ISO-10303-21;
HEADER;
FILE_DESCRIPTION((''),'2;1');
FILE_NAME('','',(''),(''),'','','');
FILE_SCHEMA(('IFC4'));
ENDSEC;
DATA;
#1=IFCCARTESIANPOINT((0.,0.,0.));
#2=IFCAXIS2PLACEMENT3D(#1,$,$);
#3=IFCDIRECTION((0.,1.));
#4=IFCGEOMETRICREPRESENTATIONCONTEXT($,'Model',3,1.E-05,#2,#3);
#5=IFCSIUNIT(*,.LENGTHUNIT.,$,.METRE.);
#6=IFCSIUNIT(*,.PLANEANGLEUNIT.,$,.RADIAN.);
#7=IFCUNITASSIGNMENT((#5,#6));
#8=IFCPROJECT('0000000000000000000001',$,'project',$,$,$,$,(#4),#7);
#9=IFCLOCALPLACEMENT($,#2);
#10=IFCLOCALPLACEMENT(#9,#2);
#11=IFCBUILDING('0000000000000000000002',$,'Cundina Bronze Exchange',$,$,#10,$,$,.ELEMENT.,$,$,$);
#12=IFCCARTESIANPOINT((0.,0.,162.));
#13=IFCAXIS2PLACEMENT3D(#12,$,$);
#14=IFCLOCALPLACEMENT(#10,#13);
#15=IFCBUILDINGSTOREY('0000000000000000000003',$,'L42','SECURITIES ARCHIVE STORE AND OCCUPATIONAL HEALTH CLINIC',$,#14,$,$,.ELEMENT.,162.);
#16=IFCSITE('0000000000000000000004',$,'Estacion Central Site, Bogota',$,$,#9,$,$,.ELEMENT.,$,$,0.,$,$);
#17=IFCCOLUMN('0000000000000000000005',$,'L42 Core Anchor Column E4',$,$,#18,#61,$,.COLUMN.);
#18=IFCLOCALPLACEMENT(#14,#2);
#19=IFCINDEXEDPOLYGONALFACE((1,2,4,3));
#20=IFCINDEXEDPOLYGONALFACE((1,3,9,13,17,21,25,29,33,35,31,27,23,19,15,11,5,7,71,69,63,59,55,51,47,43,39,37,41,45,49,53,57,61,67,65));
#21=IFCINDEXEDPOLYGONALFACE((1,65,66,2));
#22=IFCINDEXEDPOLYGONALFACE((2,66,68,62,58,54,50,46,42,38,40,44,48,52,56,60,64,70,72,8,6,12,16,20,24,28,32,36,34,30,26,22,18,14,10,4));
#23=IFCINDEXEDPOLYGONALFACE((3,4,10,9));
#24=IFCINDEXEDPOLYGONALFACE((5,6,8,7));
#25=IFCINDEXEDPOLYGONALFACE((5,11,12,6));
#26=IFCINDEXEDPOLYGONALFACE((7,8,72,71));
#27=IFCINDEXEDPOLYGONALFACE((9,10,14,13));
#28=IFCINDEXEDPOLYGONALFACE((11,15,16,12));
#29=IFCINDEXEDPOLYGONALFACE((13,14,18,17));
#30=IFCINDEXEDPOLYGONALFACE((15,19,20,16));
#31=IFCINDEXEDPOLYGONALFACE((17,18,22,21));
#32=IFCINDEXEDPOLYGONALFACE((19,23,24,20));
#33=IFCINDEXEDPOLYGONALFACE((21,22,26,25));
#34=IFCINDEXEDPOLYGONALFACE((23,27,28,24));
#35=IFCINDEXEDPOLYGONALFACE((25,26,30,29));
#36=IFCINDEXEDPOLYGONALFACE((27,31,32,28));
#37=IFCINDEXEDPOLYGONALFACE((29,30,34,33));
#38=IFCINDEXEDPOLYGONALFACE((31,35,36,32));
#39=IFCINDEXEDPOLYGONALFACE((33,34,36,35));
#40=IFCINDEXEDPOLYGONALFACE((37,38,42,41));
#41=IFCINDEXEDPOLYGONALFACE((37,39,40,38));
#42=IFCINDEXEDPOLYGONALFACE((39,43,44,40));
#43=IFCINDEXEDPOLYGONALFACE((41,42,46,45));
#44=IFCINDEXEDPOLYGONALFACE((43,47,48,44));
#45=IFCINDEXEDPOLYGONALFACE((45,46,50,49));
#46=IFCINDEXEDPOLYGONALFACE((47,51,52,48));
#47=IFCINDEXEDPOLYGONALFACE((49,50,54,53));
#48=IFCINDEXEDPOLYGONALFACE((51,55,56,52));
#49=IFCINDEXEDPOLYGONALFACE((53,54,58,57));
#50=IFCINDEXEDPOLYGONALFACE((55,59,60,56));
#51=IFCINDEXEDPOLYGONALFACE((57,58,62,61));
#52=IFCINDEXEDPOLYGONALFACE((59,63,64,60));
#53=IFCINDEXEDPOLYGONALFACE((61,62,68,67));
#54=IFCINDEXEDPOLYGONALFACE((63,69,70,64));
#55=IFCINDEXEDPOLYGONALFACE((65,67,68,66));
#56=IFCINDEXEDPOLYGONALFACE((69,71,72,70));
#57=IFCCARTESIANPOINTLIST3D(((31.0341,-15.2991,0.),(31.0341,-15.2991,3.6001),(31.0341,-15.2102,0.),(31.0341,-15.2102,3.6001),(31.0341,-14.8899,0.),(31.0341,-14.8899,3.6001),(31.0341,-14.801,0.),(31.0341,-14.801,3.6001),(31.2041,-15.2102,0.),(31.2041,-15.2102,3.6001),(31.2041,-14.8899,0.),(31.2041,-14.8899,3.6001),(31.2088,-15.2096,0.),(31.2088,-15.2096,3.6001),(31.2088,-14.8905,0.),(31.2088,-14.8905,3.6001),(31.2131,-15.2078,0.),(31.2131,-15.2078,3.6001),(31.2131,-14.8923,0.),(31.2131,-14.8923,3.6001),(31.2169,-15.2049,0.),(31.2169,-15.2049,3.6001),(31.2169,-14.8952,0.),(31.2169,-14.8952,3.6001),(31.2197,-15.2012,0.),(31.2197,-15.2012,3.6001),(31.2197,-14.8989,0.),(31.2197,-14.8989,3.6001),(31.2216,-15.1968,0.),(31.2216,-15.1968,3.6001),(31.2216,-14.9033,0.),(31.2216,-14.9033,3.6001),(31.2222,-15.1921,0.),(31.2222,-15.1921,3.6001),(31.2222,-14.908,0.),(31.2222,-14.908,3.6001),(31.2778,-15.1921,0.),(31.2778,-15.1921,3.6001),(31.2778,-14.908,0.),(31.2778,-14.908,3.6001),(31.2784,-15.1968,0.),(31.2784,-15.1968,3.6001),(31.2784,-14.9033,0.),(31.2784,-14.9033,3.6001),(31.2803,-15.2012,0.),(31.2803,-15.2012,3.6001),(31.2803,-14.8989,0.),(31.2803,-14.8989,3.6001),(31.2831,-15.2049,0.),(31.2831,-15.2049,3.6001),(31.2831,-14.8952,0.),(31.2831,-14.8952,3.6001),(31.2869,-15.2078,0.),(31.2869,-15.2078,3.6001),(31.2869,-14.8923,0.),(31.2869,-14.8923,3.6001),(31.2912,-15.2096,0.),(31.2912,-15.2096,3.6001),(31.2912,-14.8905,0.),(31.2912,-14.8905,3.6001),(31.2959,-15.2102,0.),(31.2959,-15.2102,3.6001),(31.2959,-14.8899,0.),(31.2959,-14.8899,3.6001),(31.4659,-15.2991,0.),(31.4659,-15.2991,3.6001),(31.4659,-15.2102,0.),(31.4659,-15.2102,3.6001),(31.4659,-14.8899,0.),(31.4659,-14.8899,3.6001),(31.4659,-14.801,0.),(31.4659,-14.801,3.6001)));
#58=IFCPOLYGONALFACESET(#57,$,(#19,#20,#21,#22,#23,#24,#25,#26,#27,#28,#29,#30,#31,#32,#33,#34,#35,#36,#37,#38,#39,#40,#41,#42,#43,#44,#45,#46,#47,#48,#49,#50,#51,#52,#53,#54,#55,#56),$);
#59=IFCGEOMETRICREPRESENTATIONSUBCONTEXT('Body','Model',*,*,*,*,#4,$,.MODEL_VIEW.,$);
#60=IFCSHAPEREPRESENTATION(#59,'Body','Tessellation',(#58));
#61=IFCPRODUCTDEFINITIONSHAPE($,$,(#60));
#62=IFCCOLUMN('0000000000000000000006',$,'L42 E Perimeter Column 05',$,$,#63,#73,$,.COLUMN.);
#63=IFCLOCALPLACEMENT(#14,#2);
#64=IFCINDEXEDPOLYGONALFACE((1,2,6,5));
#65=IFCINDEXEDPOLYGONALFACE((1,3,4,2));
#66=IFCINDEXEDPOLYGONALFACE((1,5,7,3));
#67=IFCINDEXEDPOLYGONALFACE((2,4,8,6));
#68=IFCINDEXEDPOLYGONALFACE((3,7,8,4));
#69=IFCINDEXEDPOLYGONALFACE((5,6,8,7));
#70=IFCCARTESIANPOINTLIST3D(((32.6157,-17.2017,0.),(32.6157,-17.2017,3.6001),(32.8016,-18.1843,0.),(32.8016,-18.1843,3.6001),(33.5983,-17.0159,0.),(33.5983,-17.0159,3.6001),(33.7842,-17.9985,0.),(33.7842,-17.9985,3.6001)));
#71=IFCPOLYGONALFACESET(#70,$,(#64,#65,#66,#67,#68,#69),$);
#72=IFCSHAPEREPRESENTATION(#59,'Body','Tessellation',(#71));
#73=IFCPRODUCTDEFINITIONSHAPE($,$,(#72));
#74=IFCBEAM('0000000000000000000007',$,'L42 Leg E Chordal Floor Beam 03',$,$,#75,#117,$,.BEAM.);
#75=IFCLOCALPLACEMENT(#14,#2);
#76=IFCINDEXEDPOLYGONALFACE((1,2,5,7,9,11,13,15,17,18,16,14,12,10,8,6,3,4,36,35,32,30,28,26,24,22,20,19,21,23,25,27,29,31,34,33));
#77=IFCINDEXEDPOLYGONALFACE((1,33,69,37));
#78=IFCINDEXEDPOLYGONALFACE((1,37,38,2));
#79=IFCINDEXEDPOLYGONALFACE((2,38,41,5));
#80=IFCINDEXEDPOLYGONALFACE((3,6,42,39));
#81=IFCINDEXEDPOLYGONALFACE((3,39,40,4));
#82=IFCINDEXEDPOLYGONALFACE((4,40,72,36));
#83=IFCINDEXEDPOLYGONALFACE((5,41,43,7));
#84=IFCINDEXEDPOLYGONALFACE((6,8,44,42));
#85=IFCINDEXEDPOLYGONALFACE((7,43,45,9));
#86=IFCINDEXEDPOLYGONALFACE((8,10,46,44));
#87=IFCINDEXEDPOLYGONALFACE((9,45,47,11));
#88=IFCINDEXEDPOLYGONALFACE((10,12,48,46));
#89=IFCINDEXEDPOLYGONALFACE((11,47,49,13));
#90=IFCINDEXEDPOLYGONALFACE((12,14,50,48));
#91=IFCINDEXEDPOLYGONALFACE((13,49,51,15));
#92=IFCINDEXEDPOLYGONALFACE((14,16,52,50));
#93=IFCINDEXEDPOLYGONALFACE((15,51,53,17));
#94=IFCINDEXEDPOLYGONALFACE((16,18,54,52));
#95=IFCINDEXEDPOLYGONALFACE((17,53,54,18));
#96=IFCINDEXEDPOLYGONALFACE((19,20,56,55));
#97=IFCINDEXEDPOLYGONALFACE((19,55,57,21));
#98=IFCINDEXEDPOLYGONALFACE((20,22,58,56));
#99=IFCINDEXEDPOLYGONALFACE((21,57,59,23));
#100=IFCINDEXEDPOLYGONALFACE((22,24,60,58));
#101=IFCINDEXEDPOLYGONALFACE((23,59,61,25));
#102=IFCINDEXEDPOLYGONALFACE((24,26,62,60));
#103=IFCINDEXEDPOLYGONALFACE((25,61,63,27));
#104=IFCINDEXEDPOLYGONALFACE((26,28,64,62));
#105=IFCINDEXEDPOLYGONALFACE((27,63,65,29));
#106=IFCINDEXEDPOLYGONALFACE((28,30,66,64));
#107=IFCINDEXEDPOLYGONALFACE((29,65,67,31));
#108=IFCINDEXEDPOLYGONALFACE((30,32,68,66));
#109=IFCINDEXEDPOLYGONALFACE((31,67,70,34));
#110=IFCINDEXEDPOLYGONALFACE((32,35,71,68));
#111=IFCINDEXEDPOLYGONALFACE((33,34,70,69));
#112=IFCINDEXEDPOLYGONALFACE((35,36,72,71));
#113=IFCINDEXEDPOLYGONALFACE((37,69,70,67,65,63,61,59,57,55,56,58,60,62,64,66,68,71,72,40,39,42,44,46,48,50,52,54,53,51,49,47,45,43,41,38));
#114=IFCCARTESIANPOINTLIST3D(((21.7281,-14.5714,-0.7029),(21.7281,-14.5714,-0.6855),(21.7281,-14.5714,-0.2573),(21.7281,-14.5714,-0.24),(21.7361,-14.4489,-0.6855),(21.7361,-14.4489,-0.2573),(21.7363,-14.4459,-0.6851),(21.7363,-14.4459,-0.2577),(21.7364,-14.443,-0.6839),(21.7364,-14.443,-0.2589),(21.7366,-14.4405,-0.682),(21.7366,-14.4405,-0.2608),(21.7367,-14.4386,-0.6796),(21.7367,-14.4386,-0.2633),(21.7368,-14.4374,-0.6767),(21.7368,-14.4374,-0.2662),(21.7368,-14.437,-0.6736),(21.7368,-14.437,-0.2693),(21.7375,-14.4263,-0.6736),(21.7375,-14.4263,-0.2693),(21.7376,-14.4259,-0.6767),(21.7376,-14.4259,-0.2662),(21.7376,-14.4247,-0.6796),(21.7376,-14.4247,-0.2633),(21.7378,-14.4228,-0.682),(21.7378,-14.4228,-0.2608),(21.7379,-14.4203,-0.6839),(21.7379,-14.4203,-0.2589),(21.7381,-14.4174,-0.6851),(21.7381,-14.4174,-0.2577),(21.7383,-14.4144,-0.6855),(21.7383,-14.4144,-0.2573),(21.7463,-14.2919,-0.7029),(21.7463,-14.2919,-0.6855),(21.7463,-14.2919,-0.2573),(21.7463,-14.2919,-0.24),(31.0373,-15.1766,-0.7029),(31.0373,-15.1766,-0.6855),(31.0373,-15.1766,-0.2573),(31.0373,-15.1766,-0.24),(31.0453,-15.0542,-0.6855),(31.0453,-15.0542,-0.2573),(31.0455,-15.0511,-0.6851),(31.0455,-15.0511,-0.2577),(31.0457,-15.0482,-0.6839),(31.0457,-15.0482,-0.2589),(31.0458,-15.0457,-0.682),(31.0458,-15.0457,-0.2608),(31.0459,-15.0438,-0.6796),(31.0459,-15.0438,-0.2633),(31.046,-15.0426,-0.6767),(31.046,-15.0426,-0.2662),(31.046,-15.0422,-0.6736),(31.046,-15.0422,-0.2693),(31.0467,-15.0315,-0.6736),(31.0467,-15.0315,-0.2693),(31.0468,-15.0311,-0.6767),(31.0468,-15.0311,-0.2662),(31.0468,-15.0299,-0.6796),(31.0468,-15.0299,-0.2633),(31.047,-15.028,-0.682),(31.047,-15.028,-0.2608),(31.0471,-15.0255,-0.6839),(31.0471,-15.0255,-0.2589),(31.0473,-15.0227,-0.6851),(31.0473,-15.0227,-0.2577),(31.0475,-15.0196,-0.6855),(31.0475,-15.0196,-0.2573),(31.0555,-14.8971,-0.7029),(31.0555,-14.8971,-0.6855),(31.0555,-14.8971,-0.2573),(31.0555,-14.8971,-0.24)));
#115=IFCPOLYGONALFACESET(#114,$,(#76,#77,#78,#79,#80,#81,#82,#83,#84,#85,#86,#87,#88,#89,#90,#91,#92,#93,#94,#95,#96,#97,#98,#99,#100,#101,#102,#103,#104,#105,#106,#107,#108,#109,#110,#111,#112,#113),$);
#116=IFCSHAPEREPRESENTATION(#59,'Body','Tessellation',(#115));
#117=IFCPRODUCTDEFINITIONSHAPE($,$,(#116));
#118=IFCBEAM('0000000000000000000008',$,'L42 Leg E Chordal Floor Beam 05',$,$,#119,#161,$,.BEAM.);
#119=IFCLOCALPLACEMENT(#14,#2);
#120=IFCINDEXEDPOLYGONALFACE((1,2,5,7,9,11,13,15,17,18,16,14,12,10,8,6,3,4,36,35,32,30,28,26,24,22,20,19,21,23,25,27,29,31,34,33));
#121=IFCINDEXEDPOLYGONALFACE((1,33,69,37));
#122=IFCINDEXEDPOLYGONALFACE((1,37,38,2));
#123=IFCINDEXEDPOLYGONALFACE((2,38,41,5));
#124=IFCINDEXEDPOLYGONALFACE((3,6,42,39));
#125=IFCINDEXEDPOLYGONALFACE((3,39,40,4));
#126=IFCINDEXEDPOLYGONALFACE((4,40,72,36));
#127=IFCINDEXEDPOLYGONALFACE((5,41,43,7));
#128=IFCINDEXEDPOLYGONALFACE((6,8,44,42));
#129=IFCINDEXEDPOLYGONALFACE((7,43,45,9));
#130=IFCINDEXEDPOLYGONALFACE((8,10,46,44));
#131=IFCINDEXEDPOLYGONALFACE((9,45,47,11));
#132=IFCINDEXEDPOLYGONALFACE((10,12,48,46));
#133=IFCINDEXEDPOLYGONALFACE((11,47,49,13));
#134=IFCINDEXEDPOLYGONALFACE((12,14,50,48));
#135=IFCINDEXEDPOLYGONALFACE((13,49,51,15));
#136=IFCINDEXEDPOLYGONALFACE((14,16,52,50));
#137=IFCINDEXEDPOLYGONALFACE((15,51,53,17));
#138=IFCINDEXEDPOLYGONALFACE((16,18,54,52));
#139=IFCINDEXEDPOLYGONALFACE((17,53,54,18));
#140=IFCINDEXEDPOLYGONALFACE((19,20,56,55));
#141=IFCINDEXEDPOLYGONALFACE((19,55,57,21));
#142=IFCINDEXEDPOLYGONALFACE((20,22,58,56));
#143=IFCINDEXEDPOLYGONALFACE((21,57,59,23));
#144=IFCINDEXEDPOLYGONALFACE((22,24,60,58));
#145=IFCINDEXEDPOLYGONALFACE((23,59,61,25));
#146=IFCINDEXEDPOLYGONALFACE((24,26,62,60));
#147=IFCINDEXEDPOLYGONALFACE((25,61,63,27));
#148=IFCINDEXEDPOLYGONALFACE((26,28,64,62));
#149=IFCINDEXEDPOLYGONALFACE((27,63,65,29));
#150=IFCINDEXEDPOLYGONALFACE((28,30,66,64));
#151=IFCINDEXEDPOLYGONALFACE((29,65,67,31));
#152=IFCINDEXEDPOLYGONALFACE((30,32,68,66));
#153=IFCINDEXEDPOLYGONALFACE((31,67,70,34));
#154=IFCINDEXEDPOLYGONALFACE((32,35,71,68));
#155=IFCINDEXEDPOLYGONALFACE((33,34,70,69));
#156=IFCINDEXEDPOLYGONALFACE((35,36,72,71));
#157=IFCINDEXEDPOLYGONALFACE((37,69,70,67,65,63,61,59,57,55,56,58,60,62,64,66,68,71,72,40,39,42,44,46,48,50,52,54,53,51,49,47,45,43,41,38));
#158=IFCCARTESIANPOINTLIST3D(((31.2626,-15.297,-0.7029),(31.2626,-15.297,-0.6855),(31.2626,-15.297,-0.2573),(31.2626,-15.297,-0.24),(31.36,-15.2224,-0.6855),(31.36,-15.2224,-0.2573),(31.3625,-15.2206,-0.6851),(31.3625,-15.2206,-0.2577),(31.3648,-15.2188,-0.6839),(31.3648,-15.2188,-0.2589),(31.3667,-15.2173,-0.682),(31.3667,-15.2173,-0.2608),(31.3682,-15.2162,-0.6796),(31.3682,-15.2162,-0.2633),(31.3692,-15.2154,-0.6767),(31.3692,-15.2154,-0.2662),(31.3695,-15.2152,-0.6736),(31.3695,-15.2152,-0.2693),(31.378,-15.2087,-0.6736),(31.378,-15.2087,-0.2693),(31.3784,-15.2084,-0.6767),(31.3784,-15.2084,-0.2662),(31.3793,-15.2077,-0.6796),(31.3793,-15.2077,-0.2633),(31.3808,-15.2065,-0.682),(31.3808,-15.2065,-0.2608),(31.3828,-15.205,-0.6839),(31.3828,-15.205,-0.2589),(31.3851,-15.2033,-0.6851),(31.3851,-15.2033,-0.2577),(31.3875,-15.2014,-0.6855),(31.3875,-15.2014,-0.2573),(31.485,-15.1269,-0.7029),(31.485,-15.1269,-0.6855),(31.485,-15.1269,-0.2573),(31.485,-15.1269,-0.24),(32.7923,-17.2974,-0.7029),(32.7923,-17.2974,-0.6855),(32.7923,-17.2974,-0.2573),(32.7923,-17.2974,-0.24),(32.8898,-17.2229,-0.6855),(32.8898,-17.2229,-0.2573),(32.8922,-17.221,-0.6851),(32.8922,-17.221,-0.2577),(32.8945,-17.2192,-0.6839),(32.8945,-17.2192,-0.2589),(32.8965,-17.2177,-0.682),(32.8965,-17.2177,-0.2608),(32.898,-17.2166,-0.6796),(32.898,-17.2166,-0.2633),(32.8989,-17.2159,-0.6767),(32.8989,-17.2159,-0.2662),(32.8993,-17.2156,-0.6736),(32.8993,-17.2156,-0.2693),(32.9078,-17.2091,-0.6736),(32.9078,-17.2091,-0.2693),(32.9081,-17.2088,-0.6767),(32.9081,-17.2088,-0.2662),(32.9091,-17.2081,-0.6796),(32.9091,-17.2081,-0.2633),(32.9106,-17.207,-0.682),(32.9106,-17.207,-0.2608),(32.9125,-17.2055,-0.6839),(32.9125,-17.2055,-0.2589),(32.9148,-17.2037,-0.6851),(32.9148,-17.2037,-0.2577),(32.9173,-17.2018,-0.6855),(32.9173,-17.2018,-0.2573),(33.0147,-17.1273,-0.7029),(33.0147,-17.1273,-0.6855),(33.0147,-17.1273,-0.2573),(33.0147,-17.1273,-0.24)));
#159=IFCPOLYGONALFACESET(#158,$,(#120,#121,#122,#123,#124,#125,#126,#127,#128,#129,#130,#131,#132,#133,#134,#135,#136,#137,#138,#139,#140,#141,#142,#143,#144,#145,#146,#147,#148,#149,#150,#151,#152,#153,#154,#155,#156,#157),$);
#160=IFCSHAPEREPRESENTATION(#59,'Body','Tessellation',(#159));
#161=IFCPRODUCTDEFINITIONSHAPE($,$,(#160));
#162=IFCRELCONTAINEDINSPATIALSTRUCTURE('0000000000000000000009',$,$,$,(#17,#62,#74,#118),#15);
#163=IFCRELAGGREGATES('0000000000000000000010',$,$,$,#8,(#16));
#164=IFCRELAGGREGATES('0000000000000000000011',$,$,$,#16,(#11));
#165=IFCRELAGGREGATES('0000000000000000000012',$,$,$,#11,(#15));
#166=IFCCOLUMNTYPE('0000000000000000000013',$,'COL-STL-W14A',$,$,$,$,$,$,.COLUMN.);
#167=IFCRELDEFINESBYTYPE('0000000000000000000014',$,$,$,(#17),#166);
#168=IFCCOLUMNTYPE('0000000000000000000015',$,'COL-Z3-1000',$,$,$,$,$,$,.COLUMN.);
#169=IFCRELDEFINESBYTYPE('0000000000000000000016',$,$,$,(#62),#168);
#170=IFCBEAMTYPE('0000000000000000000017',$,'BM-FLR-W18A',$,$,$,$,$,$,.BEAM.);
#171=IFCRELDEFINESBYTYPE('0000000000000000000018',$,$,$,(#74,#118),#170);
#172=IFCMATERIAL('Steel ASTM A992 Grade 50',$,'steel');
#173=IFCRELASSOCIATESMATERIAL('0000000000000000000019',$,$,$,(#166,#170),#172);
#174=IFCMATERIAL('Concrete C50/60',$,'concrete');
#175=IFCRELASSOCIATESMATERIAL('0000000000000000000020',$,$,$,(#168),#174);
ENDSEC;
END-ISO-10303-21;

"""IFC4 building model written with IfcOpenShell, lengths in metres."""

from ifc_helpers import new_model, si_unit, direction, frame, origin, origin_2d, place, context, subcontext, project, spatial, rectangle, i_section, extrude, material, material_profile, profile_set, type_object, element, save


model = new_model("IFC4")

# Units and contexts
model_context = context("Model", 3, precision=1e-05, world=origin(), true_north=direction((0.0, 1.0)))
body_context = subcontext(model_context, "Body", "Model", "MODEL_VIEW")
ifc_project = project(units=[si_unit("LENGTHUNIT", "METRE"), si_unit("PLANEANGLEUNIT", "RADIAN")], contexts=[model_context])

# Site, building, storey
site_placement = place(None, origin())
site = spatial("IfcSite", under=ifc_project, at=site_placement, Name="Estacion Central Site, Bogota", CompositionType="ELEMENT", RefElevation=0.0)
building_placement = place(site_placement, origin())
building = spatial("IfcBuilding", under=site, at=building_placement, Name="Cundina Bronze Exchange", CompositionType="ELEMENT")
storey_placement = place(building_placement, frame((0.0, 0.0, 162.0)))
storey = spatial("IfcBuildingStorey", under=building, at=storey_placement, Name="L42", Description="SECURITIES ARCHIVE STORE AND OCCUPATIONAL HEALTH CLINIC", CompositionType="ELEMENT", Elevation=162.0)

# Columns
ifc_material_1 = material(Name="Steel ASTM A992 Grade 50", Category="steel")
ifc_material_profile_1 = material_profile(ifc_material_1, i_section(OverallWidth=0.4319, OverallDepth=0.498, WebThickness=0.0557, FlangeThickness=0.0889, FilletRadius=0.0181, at=origin_2d()), Name="W14X500", Category="steel")
ifc_profile_set_1 = profile_set([ifc_material_profile_1], Name="Steel ASTM A992 Grade 50")
column_type_1 = type_object("IfcColumnType", Name="COL-STL-W14A", PredefinedType="COLUMN", material=ifc_profile_set_1)
column_1_placement = place(storey_placement, frame((31.25, -15.05, 0.0), z_axis=(0.0, 0.0, 1.0), x_axis=(1.0, 0.0, 0.0)))
element("IfcColumn", 1, at=column_1_placement, inside=storey, type_object=column_type_1, Name="L42 Core Anchor Column E4", PredefinedType="COLUMN", context=body_context, shape_type="SweptSolid", body=[
    extrude(i_section(OverallWidth=0.4319, OverallDepth=0.498, WebThickness=0.0557, FlangeThickness=0.0889, FilletRadius=0.0181, at=origin_2d()), origin(), (0.0, 0.0, 1.0), 3.6001),
])
ifc_material_2 = material(Name="Concrete C50/60", Category="concrete")
ifc_material_profile_2 = material_profile(ifc_material_2, rectangle(XDim=1.0, YDim=1.0, at=origin_2d()), Name="RC1000X1000", Category="concrete")
ifc_profile_set_2 = profile_set([ifc_material_profile_2], Name="Concrete C50/60")
column_type_2 = type_object("IfcColumnType", Name="COL-Z3-1000", PredefinedType="COLUMN", material=ifc_profile_set_2)
column_2_placement = place(storey_placement, frame((33.2, -17.6001, 0.0), z_axis=(0.0, 0.0, 1.0), x_axis=(0.98258, 0.185838, 0.0)))
element("IfcColumn", 2, at=column_2_placement, inside=storey, type_object=column_type_2, Name="L42 E Perimeter Column 05", PredefinedType="COLUMN", context=body_context, shape_type="SweptSolid", body=[
    extrude(rectangle(XDim=1.0, YDim=1.0, at=origin_2d()), origin(), (0.0, 0.0, 1.0), 3.6001),
])

# Beams
ifc_material_profile_3 = material_profile(ifc_material_1, i_section(OverallWidth=0.28, OverallDepth=0.4629, WebThickness=0.0107, FlangeThickness=0.0173, FilletRadius=0.012, at=origin_2d()), Name="W18X76", Category="steel")
ifc_profile_set_3 = profile_set([ifc_material_profile_3], Name="Steel ASTM A992 Grade 50")
beam_type_1 = type_object("IfcBeamType", Name="BM-FLR-W18A", PredefinedType="BEAM", material=ifc_profile_set_3)
beam_1_placement = place(storey_placement, frame((31.0464, -15.0369, -0.4714), z_axis=(-0.997893, 0.064876, 0.0), x_axis=(-0.064876, -0.997893, 0.0)))
element("IfcBeam", 3, at=beam_1_placement, inside=storey, type_object=beam_type_1, Name="L42 Leg E Chordal Floor Beam 03", PredefinedType="BEAM", context=body_context, shape_type="SweptSolid", body=[
    extrude(i_section(OverallWidth=0.28, OverallDepth=0.4629, WebThickness=0.0107, FlangeThickness=0.0173, FilletRadius=0.012, at=origin_2d()), origin(), (0.0, 0.0, 1.0), 9.3289),
])
beam_2_placement = place(storey_placement, frame((31.3738, -15.2119, -0.4714), z_axis=(0.60745, -0.794358, 0.0), x_axis=(0.794358, 0.60745, 0.0)))
element("IfcBeam", 4, at=beam_2_placement, inside=storey, type_object=beam_type_1, Name="L42 Leg E Chordal Floor Beam 05", PredefinedType="BEAM", context=body_context, shape_type="SweptSolid", body=[
    extrude(i_section(OverallWidth=0.28, OverallDepth=0.4629, WebThickness=0.0107, FlangeThickness=0.0173, FilletRadius=0.012, at=origin_2d()), origin(), (0.0, 0.0, 1.0), 2.5183),
])

save(model, "model.ifc")
